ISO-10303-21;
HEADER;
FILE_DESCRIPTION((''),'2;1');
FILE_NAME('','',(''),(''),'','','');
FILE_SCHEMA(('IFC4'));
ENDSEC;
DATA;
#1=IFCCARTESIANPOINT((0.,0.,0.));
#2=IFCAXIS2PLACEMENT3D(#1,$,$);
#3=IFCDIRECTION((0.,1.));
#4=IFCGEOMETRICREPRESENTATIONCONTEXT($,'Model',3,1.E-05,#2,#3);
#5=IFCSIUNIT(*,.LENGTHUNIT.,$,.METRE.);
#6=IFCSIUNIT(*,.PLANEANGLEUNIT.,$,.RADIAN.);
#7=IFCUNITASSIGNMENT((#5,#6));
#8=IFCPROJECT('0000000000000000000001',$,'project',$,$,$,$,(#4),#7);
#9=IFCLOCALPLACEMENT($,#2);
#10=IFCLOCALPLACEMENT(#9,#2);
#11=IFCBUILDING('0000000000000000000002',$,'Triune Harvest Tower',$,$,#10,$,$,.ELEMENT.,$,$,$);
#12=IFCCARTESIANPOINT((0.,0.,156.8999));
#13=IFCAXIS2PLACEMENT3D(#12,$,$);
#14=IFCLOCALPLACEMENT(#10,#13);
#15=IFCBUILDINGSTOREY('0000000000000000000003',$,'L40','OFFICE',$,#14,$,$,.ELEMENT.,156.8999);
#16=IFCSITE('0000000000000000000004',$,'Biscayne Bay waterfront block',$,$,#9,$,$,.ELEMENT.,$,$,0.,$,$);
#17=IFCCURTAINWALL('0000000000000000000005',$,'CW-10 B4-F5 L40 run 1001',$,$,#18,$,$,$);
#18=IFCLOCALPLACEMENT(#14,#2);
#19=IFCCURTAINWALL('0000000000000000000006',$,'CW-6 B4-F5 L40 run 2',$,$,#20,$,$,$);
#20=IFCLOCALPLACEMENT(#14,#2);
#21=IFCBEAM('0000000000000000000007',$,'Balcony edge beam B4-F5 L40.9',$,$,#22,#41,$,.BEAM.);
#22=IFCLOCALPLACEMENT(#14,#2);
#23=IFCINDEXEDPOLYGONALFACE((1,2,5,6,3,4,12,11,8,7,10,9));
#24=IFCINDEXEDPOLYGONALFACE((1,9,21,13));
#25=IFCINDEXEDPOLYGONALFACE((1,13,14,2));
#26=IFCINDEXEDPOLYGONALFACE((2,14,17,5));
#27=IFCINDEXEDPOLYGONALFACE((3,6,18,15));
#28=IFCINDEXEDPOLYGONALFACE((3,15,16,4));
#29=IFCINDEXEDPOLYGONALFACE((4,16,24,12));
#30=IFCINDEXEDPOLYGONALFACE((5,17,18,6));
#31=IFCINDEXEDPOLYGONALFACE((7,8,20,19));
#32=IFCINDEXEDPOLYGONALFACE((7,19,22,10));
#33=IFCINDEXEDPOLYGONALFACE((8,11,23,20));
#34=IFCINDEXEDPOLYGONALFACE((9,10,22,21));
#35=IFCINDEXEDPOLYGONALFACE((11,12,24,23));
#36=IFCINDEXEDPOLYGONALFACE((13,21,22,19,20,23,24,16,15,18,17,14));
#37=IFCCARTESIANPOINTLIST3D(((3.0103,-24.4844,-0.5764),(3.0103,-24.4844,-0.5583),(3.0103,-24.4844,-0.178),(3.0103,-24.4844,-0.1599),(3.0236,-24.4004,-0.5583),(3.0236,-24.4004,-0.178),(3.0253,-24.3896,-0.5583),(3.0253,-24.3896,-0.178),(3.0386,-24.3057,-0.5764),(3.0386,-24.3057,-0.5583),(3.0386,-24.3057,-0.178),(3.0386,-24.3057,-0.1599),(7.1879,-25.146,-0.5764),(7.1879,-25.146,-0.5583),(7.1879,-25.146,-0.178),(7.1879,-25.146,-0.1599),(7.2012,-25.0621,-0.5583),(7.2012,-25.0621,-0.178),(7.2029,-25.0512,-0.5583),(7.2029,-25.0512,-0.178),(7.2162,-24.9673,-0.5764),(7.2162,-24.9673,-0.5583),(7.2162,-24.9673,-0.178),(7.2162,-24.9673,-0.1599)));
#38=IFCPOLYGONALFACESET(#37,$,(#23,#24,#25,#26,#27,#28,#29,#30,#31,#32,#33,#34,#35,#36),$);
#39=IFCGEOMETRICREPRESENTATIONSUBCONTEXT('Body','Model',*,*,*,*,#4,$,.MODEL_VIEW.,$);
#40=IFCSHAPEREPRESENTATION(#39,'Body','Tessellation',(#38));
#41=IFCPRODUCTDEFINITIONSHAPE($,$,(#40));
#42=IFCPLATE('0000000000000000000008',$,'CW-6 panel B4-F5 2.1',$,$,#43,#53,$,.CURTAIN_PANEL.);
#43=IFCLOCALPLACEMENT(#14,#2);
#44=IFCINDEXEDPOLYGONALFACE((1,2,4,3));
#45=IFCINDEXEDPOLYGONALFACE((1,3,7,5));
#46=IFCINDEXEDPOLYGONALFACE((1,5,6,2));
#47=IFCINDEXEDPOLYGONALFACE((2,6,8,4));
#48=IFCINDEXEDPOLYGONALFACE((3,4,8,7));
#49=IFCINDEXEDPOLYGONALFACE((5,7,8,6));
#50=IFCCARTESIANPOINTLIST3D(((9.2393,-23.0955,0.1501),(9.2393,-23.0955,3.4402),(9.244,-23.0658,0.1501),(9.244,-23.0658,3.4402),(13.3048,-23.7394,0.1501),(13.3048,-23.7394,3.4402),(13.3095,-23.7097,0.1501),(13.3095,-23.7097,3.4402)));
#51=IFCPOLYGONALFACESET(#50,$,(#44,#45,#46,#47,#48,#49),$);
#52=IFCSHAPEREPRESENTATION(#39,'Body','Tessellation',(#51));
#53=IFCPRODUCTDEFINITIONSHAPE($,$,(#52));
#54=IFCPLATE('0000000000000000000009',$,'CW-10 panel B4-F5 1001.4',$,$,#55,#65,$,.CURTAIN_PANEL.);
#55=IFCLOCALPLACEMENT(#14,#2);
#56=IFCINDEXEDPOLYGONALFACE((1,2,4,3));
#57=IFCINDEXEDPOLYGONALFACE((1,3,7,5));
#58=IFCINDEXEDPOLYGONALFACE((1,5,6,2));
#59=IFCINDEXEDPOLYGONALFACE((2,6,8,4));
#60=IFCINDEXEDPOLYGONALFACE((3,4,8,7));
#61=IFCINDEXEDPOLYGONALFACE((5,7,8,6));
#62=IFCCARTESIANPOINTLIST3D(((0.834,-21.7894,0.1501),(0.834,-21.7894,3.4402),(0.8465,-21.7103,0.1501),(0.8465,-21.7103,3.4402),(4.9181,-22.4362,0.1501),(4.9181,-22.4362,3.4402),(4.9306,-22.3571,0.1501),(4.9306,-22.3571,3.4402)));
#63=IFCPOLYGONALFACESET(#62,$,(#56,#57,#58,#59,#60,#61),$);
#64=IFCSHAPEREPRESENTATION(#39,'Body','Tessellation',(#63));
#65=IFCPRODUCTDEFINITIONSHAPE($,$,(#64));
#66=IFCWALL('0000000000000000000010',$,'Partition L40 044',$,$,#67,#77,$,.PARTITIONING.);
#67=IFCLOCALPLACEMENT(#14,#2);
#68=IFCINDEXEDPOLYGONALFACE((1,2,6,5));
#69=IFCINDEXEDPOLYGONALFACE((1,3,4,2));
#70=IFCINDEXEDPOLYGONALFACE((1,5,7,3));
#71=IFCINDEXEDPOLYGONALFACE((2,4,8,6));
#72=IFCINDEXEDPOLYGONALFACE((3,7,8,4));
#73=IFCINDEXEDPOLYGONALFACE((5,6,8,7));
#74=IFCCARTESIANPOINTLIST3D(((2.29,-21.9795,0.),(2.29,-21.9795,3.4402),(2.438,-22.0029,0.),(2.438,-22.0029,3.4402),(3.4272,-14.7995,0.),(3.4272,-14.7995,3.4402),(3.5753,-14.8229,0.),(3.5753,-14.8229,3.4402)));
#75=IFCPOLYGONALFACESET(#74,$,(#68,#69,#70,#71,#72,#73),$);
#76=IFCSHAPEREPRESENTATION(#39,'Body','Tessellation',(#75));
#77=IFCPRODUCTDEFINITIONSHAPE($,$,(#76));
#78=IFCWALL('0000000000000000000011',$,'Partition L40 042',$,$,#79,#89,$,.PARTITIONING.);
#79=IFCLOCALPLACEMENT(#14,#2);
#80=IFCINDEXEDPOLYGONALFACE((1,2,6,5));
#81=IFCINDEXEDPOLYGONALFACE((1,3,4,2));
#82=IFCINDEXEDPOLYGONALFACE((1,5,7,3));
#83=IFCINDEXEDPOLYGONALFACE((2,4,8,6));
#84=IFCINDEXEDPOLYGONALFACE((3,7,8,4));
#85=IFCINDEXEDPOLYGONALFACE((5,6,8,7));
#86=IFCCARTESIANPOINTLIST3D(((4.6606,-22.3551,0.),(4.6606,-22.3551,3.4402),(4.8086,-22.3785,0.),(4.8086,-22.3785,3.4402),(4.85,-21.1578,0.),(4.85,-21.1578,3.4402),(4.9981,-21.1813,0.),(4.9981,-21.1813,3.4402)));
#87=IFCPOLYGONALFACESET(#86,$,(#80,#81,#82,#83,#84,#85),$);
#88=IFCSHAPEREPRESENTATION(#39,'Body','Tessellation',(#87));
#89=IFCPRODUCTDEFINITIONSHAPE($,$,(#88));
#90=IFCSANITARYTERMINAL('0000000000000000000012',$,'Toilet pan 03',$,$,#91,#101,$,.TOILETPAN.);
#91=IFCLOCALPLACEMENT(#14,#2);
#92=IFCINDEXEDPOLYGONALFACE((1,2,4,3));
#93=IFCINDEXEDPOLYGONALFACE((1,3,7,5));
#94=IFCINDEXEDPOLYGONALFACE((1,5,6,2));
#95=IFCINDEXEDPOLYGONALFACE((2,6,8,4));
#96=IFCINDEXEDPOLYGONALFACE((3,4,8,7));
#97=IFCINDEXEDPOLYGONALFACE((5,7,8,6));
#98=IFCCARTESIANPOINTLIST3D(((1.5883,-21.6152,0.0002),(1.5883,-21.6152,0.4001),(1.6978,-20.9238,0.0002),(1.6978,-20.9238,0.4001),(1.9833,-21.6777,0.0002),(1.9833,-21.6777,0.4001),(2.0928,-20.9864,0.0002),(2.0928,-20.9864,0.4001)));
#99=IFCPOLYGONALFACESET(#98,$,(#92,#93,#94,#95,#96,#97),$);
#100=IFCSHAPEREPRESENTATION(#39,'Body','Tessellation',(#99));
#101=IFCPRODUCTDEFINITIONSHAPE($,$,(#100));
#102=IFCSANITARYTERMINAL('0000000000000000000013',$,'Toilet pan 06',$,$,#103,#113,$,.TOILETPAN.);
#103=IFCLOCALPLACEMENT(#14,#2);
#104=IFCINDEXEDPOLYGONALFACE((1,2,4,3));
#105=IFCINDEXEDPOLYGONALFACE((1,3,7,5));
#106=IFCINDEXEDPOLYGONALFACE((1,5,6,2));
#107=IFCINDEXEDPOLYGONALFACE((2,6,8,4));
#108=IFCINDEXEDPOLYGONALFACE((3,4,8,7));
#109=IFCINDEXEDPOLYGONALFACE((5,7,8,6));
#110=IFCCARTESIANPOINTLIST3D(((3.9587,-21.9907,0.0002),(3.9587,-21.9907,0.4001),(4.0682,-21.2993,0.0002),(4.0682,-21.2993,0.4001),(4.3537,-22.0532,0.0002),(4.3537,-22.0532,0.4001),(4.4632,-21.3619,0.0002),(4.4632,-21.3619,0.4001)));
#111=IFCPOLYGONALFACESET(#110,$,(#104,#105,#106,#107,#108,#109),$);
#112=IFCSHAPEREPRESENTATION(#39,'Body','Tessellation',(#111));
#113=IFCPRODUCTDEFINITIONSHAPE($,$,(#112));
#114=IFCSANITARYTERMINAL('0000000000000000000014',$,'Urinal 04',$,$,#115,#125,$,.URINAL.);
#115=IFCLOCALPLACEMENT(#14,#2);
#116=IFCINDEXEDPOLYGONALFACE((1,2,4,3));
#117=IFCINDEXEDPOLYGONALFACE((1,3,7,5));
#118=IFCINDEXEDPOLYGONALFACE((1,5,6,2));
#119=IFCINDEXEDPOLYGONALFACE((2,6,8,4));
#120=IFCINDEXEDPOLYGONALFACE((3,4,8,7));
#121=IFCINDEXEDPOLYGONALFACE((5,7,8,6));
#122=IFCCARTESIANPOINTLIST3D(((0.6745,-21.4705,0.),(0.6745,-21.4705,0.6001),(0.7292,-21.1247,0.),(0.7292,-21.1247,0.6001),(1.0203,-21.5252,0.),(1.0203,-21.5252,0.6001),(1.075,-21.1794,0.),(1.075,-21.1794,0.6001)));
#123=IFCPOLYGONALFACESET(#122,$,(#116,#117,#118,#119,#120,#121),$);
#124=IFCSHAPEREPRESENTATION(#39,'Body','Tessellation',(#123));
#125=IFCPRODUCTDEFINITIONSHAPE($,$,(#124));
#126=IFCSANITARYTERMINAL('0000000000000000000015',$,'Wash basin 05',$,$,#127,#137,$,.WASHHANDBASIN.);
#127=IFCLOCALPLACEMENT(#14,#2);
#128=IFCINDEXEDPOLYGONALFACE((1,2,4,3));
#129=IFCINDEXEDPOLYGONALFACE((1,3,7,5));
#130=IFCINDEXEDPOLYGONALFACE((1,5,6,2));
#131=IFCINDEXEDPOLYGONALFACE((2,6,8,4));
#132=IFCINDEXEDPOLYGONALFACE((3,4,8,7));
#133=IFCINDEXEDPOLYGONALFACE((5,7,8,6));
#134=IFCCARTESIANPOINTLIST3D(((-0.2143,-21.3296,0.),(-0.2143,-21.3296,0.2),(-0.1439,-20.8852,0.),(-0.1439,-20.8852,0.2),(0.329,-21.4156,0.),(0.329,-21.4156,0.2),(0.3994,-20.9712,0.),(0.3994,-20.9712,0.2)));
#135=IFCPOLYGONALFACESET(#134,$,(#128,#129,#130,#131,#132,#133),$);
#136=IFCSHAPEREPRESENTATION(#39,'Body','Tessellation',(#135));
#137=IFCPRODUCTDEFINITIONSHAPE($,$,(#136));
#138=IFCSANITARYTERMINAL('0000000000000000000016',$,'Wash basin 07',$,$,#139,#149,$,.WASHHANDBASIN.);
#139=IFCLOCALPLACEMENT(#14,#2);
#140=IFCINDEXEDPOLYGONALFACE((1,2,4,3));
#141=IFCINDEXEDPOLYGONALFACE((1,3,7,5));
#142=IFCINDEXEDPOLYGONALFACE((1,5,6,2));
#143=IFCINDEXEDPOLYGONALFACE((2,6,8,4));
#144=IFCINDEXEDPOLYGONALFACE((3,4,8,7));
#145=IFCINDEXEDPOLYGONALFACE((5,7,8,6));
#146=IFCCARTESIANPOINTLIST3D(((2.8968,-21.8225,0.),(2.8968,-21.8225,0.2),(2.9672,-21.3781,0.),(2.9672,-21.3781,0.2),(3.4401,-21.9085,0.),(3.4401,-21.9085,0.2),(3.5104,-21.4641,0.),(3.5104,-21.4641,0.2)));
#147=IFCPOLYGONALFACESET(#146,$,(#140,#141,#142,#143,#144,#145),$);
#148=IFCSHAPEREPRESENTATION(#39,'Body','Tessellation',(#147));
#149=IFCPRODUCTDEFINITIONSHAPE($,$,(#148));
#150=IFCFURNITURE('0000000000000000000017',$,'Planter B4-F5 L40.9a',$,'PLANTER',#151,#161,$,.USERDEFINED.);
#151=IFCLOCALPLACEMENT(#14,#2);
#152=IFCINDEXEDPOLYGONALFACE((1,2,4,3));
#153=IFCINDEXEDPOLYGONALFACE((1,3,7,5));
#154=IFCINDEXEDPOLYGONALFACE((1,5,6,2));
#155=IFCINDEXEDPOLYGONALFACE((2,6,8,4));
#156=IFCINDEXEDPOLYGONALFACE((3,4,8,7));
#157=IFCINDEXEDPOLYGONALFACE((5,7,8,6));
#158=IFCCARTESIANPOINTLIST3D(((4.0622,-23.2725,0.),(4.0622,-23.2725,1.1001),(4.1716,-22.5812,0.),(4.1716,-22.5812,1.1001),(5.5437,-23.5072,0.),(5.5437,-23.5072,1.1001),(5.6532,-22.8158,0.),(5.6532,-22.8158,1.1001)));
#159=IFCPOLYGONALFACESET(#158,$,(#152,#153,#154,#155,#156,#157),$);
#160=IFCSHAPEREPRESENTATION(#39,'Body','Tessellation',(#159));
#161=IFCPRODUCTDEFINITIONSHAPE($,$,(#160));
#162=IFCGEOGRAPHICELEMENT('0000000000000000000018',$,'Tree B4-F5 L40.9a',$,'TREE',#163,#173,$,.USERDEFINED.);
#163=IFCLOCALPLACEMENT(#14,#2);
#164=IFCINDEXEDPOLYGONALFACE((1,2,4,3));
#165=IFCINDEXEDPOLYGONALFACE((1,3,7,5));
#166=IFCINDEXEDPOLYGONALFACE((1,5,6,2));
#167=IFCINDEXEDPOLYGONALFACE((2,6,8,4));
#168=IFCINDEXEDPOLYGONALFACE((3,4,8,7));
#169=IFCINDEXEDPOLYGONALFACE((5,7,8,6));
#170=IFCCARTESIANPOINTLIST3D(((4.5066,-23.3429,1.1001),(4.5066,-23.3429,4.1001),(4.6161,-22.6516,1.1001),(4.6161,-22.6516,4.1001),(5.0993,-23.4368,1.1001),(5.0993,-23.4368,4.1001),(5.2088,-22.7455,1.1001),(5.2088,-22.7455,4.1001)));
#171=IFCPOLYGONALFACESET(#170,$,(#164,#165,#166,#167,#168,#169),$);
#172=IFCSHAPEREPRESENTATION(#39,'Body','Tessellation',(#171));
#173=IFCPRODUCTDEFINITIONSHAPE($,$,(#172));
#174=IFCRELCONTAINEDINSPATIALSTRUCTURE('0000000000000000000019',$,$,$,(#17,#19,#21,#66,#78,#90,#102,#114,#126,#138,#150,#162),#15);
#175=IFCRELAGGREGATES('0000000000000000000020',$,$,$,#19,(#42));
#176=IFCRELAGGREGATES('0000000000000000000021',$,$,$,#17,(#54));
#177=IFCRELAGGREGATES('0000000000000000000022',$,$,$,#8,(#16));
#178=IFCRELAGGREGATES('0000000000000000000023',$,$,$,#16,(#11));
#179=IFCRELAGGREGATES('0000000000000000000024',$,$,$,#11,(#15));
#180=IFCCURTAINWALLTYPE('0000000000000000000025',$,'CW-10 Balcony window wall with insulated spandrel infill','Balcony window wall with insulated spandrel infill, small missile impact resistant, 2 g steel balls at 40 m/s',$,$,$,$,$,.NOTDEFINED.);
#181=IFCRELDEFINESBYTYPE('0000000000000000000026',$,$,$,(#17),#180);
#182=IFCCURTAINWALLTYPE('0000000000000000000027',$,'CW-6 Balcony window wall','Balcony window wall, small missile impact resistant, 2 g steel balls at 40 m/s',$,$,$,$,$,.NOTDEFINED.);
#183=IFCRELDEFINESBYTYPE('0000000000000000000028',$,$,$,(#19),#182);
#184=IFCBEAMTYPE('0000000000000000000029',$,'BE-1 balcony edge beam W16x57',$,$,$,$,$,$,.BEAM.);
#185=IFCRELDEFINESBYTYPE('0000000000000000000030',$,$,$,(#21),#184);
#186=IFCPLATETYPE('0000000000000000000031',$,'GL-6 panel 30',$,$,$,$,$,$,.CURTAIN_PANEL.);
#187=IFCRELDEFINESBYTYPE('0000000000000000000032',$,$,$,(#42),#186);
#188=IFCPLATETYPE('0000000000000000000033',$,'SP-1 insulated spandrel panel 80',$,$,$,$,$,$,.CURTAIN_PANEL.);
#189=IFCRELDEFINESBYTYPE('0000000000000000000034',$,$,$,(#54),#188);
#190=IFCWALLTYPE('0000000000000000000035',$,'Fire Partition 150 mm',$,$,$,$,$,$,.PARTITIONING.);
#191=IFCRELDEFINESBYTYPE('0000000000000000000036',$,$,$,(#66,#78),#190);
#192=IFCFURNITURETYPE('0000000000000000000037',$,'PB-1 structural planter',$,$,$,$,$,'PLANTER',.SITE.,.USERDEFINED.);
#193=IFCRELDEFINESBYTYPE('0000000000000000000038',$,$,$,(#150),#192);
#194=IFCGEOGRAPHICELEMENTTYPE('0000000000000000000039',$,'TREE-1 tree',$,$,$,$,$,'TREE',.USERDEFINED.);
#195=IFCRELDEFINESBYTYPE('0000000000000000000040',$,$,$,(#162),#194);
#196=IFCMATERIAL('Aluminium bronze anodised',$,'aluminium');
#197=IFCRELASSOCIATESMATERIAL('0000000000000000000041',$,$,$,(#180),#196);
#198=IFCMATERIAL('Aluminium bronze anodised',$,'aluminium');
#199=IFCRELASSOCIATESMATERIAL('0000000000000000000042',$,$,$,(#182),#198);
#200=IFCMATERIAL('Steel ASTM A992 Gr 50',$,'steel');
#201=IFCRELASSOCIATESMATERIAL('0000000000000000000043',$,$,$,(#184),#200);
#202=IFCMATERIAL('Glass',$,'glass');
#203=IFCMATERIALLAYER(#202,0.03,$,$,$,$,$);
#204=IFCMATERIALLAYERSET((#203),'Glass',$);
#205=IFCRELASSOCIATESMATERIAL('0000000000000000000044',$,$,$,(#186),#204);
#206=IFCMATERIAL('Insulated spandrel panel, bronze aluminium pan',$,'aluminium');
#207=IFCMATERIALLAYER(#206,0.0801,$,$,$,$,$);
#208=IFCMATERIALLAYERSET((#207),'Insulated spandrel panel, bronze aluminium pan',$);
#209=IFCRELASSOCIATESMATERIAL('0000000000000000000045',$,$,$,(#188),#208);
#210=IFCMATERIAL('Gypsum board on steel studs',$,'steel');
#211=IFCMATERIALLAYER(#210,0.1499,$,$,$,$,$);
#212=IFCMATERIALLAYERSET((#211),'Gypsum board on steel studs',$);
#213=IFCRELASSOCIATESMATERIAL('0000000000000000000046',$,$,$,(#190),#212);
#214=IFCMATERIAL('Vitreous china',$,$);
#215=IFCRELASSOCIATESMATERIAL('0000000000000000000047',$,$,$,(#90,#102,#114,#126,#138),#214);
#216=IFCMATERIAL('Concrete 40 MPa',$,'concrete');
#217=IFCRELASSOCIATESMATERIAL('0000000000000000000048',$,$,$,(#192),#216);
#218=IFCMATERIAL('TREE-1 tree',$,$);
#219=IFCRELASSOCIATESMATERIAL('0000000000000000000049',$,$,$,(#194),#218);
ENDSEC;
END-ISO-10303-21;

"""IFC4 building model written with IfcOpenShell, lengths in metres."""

from ifc_helpers import new_model, si_unit, direction, frame, frame_2d, origin, origin_2d, place, context, subcontext, project, spatial, rectangle, i_section, extrude, source, transform, mapped, material, layer, layer_set, material_profile, profile_set, type_object, element, aggregate, save


model = new_model("IFC4")

# Units and contexts
model_context = context("Model", 3, precision=1e-05, world=origin(), true_north=direction((0.0, 1.0)))
body_context = subcontext(model_context, "Body", "Model", "MODEL_VIEW")
ifc_project = project(units=[si_unit("LENGTHUNIT", "METRE"), si_unit("PLANEANGLEUNIT", "RADIAN")], contexts=[model_context])

# Site, building, storey
site_placement = place(None, origin())
site = spatial("IfcSite", under=ifc_project, at=site_placement, Name="Biscayne Bay waterfront block", CompositionType="ELEMENT", RefElevation=0.0)
building_placement = place(site_placement, origin())
building = spatial("IfcBuilding", under=site, at=building_placement, Name="Triune Harvest Tower", CompositionType="ELEMENT")
storey_placement = place(building_placement, frame((0.0, 0.0, 156.8999)))
storey = spatial("IfcBuildingStorey", under=building, at=storey_placement, Name="L40", Description="OFFICE", CompositionType="ELEMENT", Elevation=156.8999)

# Curtain wall
ifc_material_1 = material(Name="Aluminium bronze anodised", Category="aluminium")
curtain_wall_type_1 = type_object("IfcCurtainWallType", Name="CW-10 Balcony window wall with insulated spandrel infill", Description="Balcony window wall with insulated spandrel infill, small missile impact resistant, 2 g steel balls at 40 m/s", PredefinedType="NOTDEFINED", material=ifc_material_1)
curtain_wall_1_placement = place(storey_placement, origin())
curtain_wall_1 = element("IfcCurtainWall", 1, at=curtain_wall_1_placement, inside=storey, type_object=curtain_wall_type_1, Name="CW-10 B4-F5 L40 run 1001")

# Curtain wall
ifc_material_2 = material(Name="Aluminium bronze anodised", Category="aluminium")
curtain_wall_type_2 = type_object("IfcCurtainWallType", Name="CW-6 Balcony window wall", Description="Balcony window wall, small missile impact resistant, 2 g steel balls at 40 m/s", PredefinedType="NOTDEFINED", material=ifc_material_2)
curtain_wall_2_placement = place(storey_placement, origin())
curtain_wall_2 = element("IfcCurtainWall", 2, at=curtain_wall_2_placement, inside=storey, type_object=curtain_wall_type_2, Name="CW-6 B4-F5 L40 run 2")

# Beam
ifc_material_3 = material(Name="Steel ASTM A992 Gr 50", Category="steel")
ifc_material_profile_1 = material_profile(ifc_material_3, i_section(OverallWidth=0.1809, OverallDepth=0.4165, WebThickness=0.011, FlangeThickness=0.0181, at=origin_2d()), Name="W16x57")
ifc_profile_set_1 = profile_set([ifc_material_profile_1], Name="Steel ASTM A992 Gr 50")
beam_type_1 = type_object("IfcBeamType", Name="BE-1 balcony edge beam W16x57", PredefinedType="BEAM", material=ifc_profile_set_1)
shared_shape_1 = source(origin(), body_context, "Body", "SweptSolid", [
    extrude(i_section(OverallWidth=0.1809, OverallDepth=0.4165, WebThickness=0.011, FlangeThickness=0.0181, at=origin_2d()), origin(), (0.0, 0.0, 1.0), 4.2297),
])
beam_1_placement = place(storey_placement, frame((3.0244, -24.395, -0.3682), z_axis=(0.987691, -0.156419, 0.0), x_axis=(0.156419, 0.987691, 0.0)))
element("IfcBeam", 3, at=beam_1_placement, inside=storey, type_object=beam_type_1, Name="Balcony edge beam B4-F5 L40.9", PredefinedType="BEAM", context=body_context, shape_type="MappedRepresentation", body=[
    mapped(shared_shape_1, transform((0.0, 0.0, 0.0), scale=1.0)),
])

# Plates
ifc_material_4 = material(Name="Glass", Category="glass")
ifc_layer_1 = layer(ifc_material_4, 0.03)
ifc_layer_set_1 = layer_set([ifc_layer_1], Name="Glass")
plate_type_1 = type_object("IfcPlateType", Name="GL-6 panel 30", PredefinedType="CURTAIN_PANEL", material=ifc_layer_set_1)
shared_shape_2 = source(origin(), body_context, "Body", "SweptSolid", [
    extrude(rectangle(XDim=4.1162, YDim=0.03, at=origin_2d()), origin(), (0.0, 0.0, 1.0), 3.29),
])
plate_1_placement = place(storey_placement, frame((11.2744, -23.4026, 0.1501), z_axis=(0.0, 0.0, 1.0), x_axis=(0.987688, -0.156435, 0.0)))
plate_1 = element("IfcPlate", 4, at=plate_1_placement, type_object=plate_type_1, Name="CW-6 panel B4-F5 2.1", PredefinedType="CURTAIN_PANEL", context=body_context, shape_type="MappedRepresentation", body=[
    mapped(shared_shape_2, transform((0.0, 0.0, 0.0), scale=1.0)),
])
aggregate(curtain_wall_2, [plate_1])
ifc_material_5 = material(Name="Insulated spandrel panel, bronze aluminium pan", Category="aluminium")
ifc_layer_2 = layer(ifc_material_5, 0.0801)
ifc_layer_set_2 = layer_set([ifc_layer_2], Name="Insulated spandrel panel, bronze aluminium pan")
plate_type_2 = type_object("IfcPlateType", Name="SP-1 insulated spandrel panel 80", PredefinedType="CURTAIN_PANEL", material=ifc_layer_set_2)
shared_shape_3 = source(origin(), body_context, "Body", "SweptSolid", [
    extrude(rectangle(XDim=4.135, YDim=0.0801, at=origin_2d()), origin(), (0.0, 0.0, 1.0), 3.29),
])
plate_2_placement = place(storey_placement, frame((2.8823, -22.0732, 0.1501), z_axis=(0.0, 0.0, 1.0), x_axis=(0.987689, -0.156433, 0.0)))
plate_2 = element("IfcPlate", 5, at=plate_2_placement, type_object=plate_type_2, Name="CW-10 panel B4-F5 1001.4", PredefinedType="CURTAIN_PANEL", context=body_context, shape_type="MappedRepresentation", body=[
    mapped(shared_shape_3, transform((0.0, 0.0, 0.0), scale=1.0)),
])
aggregate(curtain_wall_1, [plate_2])

# Wall
ifc_material_6 = material(Name="Gypsum board on steel studs", Category="steel")
ifc_layer_3 = layer(ifc_material_6, 0.1499)
ifc_layer_set_3 = layer_set([ifc_layer_3], Name="Gypsum board on steel studs")
wall_type_1 = type_object("IfcWallType", Name="Fire Partition 150 mm", PredefinedType="PARTITIONING", material=ifc_layer_set_3)
wall_1_placement = place(storey_placement, frame((2.364, -21.9912, 0.0), z_axis=(0.0, 0.0, 1.0), x_axis=(0.156437, 0.987688, 0.0)))
element("IfcWall", 6, at=wall_1_placement, inside=storey, type_object=wall_type_1, Name="Partition L40 044", PredefinedType="PARTITIONING", context=body_context, shape_type="SweptSolid", body=[
    extrude(rectangle(XDim=7.2695, YDim=0.1499, at=frame_2d((3.6348, 0.0))), origin(), (0.0, 0.0, 1.0), 3.4402),
])

# Wall
shared_shape_4 = source(origin(), body_context, "Body", "SweptSolid", [
    extrude(rectangle(XDim=1.2122, YDim=0.1499, at=frame_2d((0.606, 0.0))), origin(), (0.0, 0.0, 1.0), 3.4402),
])
wall_2_placement = place(storey_placement, frame((4.7346, -22.3667, 0.0), z_axis=(0.0, 0.0, 1.0), x_axis=(0.156294, 0.987711, 0.0)))
element("IfcWall", 7, at=wall_2_placement, inside=storey, type_object=wall_type_1, Name="Partition L40 042", PredefinedType="PARTITIONING", context=body_context, shape_type="MappedRepresentation", body=[
    mapped(shared_shape_4, transform((0.0, 0.0, 0.0), scale=1.0)),
])

# Sanitary terminals
ifc_material_7 = material(Name="Vitreous china")
shared_shape_5 = source(origin(), body_context, "Body", "SweptSolid", [
    extrude(rectangle(XDim=0.3999, YDim=0.7, at=origin_2d()), origin(), (0.0, 0.0, 1.0), 0.3999),
])
for number, where, z_axis, x_axis, name in (
    (8, (1.8406, -21.3008, 0.0002), (0.0, 0.0, 1.0), (-0.987688, 0.156434, 0.0), "Toilet pan 03"),
    (9, (4.2109, -21.6763, 0.0002), (0.0, 0.0, 1.0), (-0.987688, 0.156434, 0.0), "Toilet pan 06"),
):
    element("IfcSanitaryTerminal", number, at=place(storey_placement, frame(where, z_axis=z_axis, x_axis=x_axis)), inside=storey, material=ifc_material_7, Name=name, PredefinedType="TOILETPAN", context=body_context, shape_type="MappedRepresentation", body=[
        mapped(shared_shape_5, transform((0.0, 0.0, 0.0), scale=1.0)),
    ])
shared_shape_6 = source(origin(), body_context, "Body", "SweptSolid", [
    extrude(rectangle(XDim=0.3501, YDim=0.3501, at=origin_2d()), origin(), (0.0, 0.0, 1.0), 0.6001),
])
sanitary_terminal_placement = place(storey_placement, frame((0.8748, -21.325, 0.0), z_axis=(0.0, 0.0, 1.0), x_axis=(-0.987688, 0.156434, 0.0)))
element("IfcSanitaryTerminal", 10, at=sanitary_terminal_placement, inside=storey, material=ifc_material_7, Name="Urinal 04", PredefinedType="URINAL", context=body_context, shape_type="MappedRepresentation", body=[
    mapped(shared_shape_6, transform((0.0, 0.0, 0.0), scale=1.0)),
])
shared_shape_7 = source(origin(), body_context, "Body", "SweptSolid", [
    extrude(rectangle(XDim=0.55, YDim=0.45, at=origin_2d()), origin(), (0.0, 0.0, 1.0), 0.2),
])
for number, where, z_axis, x_axis, name in (
    (11, (0.0925, -21.1504, 0.0), (0.0, 0.0, 1.0), (-0.987688, 0.156434, 0.0), "Wash basin 05"),
    (12, (3.2036, -21.6433, 0.0), (0.0, 0.0, 1.0), (-0.987688, 0.156434, 0.0), "Wash basin 07"),
):
    element("IfcSanitaryTerminal", number, at=place(storey_placement, frame(where, z_axis=z_axis, x_axis=x_axis)), inside=storey, material=ifc_material_7, Name=name, PredefinedType="WASHHANDBASIN", context=body_context, shape_type="MappedRepresentation", body=[
        mapped(shared_shape_7, transform((0.0, 0.0, 0.0), scale=1.0)),
    ])

# Furniture
ifc_material_8 = material(Name="Concrete 40 MPa", Category="concrete")
furniture_type = type_object("IfcFurnitureType", Name="PB-1 structural planter", ElementType="PLANTER", AssemblyPlace="SITE", PredefinedType="USERDEFINED", material=ifc_material_8)
shared_shape_8 = source(origin(), body_context, "Body", "SweptSolid", [
    extrude(rectangle(XDim=1.5, YDim=0.7, at=origin_2d()), origin(), (0.0, 0.0, 1.0), 1.1001),
])
furniture_placement = place(storey_placement, frame((4.8577, -23.0442, 0.0), z_axis=(0.0, 0.0, 1.0), x_axis=(0.987688, -0.156435, 0.0)))
element("IfcFurniture", 13, at=furniture_placement, inside=storey, type_object=furniture_type, Name="Planter B4-F5 L40.9a", ObjectType="PLANTER", PredefinedType="USERDEFINED", context=body_context, shape_type="MappedRepresentation", body=[
    mapped(shared_shape_8, transform((0.0, 0.0, 0.0), scale=1.0)),
])

# Geographic element
ifc_material_9 = material(Name="TREE-1 tree")
geographic_element_type = type_object("IfcGeographicElementType", Name="TREE-1 tree", ElementType="TREE", PredefinedType="USERDEFINED", material=ifc_material_9)
shared_shape_9 = source(origin(), body_context, "Body", "SweptSolid", [
    extrude(rectangle(XDim=0.6001, YDim=0.7, at=origin_2d()), origin(), (0.0, 0.0, 1.0), 3.0),
])
geographic_element_placement = place(storey_placement, frame((4.8577, -23.0442, 1.1001), z_axis=(0.0, 0.0, 1.0), x_axis=(0.987688, -0.156435, 0.0)))
element("IfcGeographicElement", 14, at=geographic_element_placement, inside=storey, type_object=geographic_element_type, Name="Tree B4-F5 L40.9a", ObjectType="TREE", PredefinedType="USERDEFINED", context=body_context, shape_type="MappedRepresentation", body=[
    mapped(shared_shape_9, transform((0.0, 0.0, 0.0), scale=1.0)),
])

save(model, "model.ifc")
